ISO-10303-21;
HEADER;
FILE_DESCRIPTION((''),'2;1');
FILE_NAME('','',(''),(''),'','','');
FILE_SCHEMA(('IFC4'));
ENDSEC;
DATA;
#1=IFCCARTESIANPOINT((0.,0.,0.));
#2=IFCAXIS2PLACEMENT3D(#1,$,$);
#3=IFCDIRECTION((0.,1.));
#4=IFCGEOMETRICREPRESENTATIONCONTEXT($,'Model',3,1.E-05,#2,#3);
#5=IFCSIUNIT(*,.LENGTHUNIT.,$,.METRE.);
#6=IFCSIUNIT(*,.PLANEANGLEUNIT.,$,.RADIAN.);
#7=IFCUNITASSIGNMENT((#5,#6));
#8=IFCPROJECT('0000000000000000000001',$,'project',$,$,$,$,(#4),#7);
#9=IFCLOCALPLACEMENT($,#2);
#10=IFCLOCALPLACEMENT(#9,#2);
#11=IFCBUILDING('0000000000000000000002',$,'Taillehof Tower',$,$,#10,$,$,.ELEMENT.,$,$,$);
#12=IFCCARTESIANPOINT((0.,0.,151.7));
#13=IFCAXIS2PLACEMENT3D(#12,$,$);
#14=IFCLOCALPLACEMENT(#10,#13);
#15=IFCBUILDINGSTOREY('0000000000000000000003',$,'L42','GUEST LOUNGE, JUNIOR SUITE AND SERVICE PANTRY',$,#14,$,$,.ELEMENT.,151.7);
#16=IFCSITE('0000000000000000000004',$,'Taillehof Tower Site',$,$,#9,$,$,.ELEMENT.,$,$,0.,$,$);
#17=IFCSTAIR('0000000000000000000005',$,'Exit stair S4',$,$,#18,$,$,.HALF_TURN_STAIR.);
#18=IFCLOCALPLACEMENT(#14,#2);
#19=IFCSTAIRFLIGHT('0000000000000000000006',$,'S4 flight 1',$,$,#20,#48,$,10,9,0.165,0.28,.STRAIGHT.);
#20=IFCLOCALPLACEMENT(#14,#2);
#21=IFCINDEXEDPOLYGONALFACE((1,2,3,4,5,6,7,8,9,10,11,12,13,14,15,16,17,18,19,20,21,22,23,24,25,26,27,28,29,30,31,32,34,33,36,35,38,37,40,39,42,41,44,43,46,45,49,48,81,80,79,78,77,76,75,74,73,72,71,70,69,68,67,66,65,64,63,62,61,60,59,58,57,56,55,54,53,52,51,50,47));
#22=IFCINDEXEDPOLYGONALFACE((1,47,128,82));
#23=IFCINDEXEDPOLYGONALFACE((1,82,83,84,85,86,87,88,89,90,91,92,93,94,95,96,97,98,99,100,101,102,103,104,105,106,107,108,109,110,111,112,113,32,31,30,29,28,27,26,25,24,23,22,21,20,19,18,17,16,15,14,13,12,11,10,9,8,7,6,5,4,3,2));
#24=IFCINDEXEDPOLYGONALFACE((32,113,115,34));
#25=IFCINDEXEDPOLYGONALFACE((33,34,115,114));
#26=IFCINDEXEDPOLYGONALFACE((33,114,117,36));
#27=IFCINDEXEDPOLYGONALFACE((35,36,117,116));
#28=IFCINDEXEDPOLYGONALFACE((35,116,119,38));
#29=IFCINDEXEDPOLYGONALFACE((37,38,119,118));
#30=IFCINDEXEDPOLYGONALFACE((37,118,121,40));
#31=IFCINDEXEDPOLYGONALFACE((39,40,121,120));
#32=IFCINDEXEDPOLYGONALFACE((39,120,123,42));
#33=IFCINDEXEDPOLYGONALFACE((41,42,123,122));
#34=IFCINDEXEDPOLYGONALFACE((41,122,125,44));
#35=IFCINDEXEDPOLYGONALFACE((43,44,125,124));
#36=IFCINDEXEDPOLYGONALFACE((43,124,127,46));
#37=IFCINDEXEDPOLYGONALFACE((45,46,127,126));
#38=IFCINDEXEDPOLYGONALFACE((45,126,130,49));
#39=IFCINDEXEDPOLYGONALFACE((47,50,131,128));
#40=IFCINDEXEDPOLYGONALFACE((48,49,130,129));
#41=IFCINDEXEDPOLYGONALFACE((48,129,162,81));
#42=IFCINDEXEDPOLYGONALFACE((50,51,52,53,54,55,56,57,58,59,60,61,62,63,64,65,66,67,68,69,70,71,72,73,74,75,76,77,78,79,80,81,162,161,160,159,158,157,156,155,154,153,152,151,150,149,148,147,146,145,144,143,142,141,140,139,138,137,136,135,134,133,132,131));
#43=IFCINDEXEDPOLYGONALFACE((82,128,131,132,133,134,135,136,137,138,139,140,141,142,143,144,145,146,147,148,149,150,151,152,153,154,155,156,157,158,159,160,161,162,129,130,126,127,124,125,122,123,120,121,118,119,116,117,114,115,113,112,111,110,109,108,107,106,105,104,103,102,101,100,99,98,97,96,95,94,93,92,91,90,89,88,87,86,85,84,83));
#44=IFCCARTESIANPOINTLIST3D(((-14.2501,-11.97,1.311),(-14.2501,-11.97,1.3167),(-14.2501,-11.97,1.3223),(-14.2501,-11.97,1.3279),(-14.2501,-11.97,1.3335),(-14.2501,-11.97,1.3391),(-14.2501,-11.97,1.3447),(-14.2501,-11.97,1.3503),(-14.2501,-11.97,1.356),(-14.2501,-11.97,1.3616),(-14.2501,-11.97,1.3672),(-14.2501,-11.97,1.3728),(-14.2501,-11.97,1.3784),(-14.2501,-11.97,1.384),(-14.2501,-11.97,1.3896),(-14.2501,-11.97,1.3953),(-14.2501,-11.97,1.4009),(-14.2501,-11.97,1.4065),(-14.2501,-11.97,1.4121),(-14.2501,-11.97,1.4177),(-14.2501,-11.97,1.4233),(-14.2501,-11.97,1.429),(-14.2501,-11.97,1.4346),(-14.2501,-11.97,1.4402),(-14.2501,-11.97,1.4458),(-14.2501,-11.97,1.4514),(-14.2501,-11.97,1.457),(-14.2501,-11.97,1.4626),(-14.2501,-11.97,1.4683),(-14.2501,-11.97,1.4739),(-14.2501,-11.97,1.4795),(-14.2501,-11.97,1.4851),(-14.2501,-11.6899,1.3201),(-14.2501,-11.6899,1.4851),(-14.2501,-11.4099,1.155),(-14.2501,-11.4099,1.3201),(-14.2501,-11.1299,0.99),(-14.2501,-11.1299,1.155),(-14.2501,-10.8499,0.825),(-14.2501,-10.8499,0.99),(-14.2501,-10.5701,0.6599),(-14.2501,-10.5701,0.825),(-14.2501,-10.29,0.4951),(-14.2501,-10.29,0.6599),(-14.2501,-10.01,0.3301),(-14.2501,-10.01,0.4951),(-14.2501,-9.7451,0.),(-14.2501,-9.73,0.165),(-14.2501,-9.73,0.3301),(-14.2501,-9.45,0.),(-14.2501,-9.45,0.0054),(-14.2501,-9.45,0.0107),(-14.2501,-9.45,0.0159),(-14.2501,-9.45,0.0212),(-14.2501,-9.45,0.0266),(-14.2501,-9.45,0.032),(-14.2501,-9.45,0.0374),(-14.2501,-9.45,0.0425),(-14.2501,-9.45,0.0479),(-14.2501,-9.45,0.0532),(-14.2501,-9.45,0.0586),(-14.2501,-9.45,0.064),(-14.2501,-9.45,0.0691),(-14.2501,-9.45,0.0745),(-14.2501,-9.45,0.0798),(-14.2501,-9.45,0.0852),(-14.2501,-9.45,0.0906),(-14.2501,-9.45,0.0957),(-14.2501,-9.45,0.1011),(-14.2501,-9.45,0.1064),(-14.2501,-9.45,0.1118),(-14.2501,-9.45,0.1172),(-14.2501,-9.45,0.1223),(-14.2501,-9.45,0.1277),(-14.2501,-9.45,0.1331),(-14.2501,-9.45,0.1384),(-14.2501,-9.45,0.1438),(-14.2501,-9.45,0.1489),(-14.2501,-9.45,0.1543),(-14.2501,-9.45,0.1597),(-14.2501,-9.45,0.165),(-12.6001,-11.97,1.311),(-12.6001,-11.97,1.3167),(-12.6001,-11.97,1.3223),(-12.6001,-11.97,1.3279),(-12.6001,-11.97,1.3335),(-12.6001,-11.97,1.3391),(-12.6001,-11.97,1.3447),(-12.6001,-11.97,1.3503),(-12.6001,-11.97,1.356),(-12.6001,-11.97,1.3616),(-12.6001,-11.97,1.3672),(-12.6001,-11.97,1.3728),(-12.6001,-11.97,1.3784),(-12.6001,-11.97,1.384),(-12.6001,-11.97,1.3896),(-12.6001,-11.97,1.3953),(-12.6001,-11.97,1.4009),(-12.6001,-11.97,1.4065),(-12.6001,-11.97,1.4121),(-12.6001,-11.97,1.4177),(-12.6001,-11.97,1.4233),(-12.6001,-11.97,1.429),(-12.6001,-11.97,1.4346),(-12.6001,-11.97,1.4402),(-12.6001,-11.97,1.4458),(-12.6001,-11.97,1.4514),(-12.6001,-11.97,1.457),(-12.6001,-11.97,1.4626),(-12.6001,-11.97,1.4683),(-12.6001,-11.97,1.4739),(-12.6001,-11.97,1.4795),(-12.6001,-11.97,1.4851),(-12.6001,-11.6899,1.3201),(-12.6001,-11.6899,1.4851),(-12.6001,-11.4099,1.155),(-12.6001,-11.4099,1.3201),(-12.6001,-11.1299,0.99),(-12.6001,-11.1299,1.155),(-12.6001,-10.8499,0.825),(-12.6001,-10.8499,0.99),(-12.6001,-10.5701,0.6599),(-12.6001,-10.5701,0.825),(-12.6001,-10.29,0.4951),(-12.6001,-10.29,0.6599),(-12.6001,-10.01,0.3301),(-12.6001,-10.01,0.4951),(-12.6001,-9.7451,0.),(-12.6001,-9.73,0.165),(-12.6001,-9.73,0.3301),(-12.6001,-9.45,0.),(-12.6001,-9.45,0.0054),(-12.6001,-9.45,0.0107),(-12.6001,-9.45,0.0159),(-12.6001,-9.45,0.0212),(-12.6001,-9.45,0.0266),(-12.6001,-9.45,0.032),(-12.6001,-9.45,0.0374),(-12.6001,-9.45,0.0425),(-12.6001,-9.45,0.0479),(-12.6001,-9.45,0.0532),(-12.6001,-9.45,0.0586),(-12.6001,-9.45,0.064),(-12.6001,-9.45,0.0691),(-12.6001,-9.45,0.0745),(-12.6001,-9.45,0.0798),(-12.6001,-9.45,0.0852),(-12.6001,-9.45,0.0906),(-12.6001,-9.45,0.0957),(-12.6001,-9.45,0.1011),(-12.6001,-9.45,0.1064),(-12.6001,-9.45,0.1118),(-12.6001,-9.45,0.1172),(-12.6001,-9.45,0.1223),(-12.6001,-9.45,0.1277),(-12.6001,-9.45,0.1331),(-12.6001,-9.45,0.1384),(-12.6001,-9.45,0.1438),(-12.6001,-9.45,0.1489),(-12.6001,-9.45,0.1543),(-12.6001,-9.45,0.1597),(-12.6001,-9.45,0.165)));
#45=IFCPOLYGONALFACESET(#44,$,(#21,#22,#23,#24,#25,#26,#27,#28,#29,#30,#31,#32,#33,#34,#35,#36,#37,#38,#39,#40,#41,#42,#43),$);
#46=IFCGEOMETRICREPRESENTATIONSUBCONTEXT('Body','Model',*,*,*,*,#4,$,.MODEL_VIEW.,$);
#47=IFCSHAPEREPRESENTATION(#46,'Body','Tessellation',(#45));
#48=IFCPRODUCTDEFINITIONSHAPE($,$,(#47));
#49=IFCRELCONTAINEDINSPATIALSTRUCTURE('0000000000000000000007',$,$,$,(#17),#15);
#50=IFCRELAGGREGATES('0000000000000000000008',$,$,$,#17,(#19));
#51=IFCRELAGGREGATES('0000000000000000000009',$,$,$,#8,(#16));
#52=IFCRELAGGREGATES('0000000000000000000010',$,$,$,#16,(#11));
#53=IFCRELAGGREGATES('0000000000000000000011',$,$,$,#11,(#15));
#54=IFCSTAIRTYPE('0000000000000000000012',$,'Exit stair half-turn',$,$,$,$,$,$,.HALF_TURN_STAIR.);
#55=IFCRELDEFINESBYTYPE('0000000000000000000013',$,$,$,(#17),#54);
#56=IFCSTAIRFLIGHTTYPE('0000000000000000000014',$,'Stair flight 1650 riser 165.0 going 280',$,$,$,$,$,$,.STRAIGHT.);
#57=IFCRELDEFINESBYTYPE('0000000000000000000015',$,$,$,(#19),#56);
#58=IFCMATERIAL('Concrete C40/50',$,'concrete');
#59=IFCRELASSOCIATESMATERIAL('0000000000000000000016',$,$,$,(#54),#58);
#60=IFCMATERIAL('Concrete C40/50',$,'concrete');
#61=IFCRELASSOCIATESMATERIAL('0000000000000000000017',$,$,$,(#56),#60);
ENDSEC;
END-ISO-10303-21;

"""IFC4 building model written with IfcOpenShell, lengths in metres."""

from ifc_helpers import new_model, si_unit, direction, frame, origin, place, context, subcontext, project, spatial, polyline, outline, extrude, material, type_object, element, aggregate, save


model = new_model("IFC4")

# Units and contexts
model_context = context("Model", 3, precision=1e-05, world=origin(), true_north=direction((0.0, 1.0)))
body_context = subcontext(model_context, "Body", "Model", "MODEL_VIEW")
ifc_project = project(units=[si_unit("LENGTHUNIT", "METRE"), si_unit("PLANEANGLEUNIT", "RADIAN")], contexts=[model_context])

# Site, building, storey
site_placement = place(None, origin())
site = spatial("IfcSite", under=ifc_project, at=site_placement, Name="Taillehof Tower Site", CompositionType="ELEMENT", RefElevation=0.0)
building_placement = place(site_placement, origin())
building = spatial("IfcBuilding", under=site, at=building_placement, Name="Taillehof Tower", CompositionType="ELEMENT")
storey_placement = place(building_placement, frame((0.0, 0.0, 151.7)))
storey = spatial("IfcBuildingStorey", under=building, at=storey_placement, Name="L42", Description="GUEST LOUNGE, JUNIOR SUITE AND SERVICE PANTRY", CompositionType="ELEMENT", Elevation=151.7)

# Stair, stair flight
ifc_material_1 = material(Name="Concrete C40/50", Category="concrete")
stair_type = type_object("IfcStairType", Name="Exit stair half-turn", PredefinedType="HALF_TURN_STAIR", material=ifc_material_1)
stair_placement = place(storey_placement, origin())
stair = element("IfcStair", 1, at=stair_placement, inside=storey, type_object=stair_type, Name="Exit stair S4", PredefinedType="HALF_TURN_STAIR")
ifc_material_2 = material(Name="Concrete C40/50", Category="concrete")
stair_flight_type = type_object("IfcStairFlightType", Name="Stair flight 1650 riser 165.0 going 280", PredefinedType="STRAIGHT", material=ifc_material_2)
stair_flight_placement = place(storey_placement, frame((-13.425, -9.45, 0.0), z_axis=(0.0, 0.0, 1.0), x_axis=(0.0, -1.0, 0.0)))
stair_flight = element("IfcStairFlight", 2, at=stair_flight_placement, type_object=stair_flight_type, Name="S4 flight 1", NumberOfRisers=10, NumberOfTreads=9, PredefinedType="STRAIGHT", RiserHeight=0.165, TreadLength=0.28, context=body_context, shape_type="SweptSolid", body=[
    extrude(outline(polyline([(0.0, 0.0), (0.0, 0.0054), (0.0, 0.0107), (0.0, 0.0159), (0.0, 0.0212), (0.0, 0.0266), (0.0, 0.032), (0.0, 0.0374), (0.0, 0.0425), (0.0, 0.0479), (0.0, 0.0532), (0.0, 0.0586), (0.0, 0.064), (0.0, 0.0691), (0.0, 0.0745), (0.0, 0.0798), (0.0, 0.0852), (0.0, 0.0906), (0.0, 0.0957), (0.0, 0.1011), (0.0, 0.1064), (0.0, 0.1118), (0.0, 0.1172), (0.0, 0.1223), (0.0, 0.1277), (0.0, 0.1331), (0.0, 0.1384), (0.0, 0.1438), (0.0, 0.1489), (0.0, 0.1543), (0.0, 0.1597), (0.0, 0.165), (0.28, 0.165), (0.28, 0.3301), (0.5601, 0.3301), (0.5601, 0.4951), (0.8401, 0.4951), (0.8401, 0.6599), (1.1201, 0.6599), (1.1201, 0.825), (1.3999, 0.825), (1.3999, 0.99), (1.6799, 0.99), (1.6799, 1.155), (1.96, 1.155), (1.96, 1.3201), (2.24, 1.3201), (2.24, 1.4851), (2.52, 1.4851), (2.52, 1.4795), (2.52, 1.4739), (2.52, 1.4683), (2.52, 1.4626), (2.52, 1.457), (2.52, 1.4514), (2.52, 1.4458), (2.52, 1.4402), (2.52, 1.4346), (2.52, 1.429), (2.52, 1.4233), (2.52, 1.4177), (2.52, 1.4121), (2.52, 1.4065), (2.52, 1.4009), (2.52, 1.3953), (2.52, 1.3896), (2.52, 1.384), (2.52, 1.3784), (2.52, 1.3728), (2.52, 1.3672), (2.52, 1.3616), (2.52, 1.356), (2.52, 1.3503), (2.52, 1.3447), (2.52, 1.3391), (2.52, 1.3335), (2.52, 1.3279), (2.52, 1.3223), (2.52, 1.3167), (2.52, 1.311), (0.2952, 0.0), (0.0, 0.0)])), frame((0.0, 0.825, 0.0), z_axis=(0.0, -1.0, 0.0), x_axis=(1.0, 0.0, 0.0)), (0.0, 0.0, 1.0), 1.65),
])
aggregate(stair, [stair_flight])

save(model, "model.ifc")
